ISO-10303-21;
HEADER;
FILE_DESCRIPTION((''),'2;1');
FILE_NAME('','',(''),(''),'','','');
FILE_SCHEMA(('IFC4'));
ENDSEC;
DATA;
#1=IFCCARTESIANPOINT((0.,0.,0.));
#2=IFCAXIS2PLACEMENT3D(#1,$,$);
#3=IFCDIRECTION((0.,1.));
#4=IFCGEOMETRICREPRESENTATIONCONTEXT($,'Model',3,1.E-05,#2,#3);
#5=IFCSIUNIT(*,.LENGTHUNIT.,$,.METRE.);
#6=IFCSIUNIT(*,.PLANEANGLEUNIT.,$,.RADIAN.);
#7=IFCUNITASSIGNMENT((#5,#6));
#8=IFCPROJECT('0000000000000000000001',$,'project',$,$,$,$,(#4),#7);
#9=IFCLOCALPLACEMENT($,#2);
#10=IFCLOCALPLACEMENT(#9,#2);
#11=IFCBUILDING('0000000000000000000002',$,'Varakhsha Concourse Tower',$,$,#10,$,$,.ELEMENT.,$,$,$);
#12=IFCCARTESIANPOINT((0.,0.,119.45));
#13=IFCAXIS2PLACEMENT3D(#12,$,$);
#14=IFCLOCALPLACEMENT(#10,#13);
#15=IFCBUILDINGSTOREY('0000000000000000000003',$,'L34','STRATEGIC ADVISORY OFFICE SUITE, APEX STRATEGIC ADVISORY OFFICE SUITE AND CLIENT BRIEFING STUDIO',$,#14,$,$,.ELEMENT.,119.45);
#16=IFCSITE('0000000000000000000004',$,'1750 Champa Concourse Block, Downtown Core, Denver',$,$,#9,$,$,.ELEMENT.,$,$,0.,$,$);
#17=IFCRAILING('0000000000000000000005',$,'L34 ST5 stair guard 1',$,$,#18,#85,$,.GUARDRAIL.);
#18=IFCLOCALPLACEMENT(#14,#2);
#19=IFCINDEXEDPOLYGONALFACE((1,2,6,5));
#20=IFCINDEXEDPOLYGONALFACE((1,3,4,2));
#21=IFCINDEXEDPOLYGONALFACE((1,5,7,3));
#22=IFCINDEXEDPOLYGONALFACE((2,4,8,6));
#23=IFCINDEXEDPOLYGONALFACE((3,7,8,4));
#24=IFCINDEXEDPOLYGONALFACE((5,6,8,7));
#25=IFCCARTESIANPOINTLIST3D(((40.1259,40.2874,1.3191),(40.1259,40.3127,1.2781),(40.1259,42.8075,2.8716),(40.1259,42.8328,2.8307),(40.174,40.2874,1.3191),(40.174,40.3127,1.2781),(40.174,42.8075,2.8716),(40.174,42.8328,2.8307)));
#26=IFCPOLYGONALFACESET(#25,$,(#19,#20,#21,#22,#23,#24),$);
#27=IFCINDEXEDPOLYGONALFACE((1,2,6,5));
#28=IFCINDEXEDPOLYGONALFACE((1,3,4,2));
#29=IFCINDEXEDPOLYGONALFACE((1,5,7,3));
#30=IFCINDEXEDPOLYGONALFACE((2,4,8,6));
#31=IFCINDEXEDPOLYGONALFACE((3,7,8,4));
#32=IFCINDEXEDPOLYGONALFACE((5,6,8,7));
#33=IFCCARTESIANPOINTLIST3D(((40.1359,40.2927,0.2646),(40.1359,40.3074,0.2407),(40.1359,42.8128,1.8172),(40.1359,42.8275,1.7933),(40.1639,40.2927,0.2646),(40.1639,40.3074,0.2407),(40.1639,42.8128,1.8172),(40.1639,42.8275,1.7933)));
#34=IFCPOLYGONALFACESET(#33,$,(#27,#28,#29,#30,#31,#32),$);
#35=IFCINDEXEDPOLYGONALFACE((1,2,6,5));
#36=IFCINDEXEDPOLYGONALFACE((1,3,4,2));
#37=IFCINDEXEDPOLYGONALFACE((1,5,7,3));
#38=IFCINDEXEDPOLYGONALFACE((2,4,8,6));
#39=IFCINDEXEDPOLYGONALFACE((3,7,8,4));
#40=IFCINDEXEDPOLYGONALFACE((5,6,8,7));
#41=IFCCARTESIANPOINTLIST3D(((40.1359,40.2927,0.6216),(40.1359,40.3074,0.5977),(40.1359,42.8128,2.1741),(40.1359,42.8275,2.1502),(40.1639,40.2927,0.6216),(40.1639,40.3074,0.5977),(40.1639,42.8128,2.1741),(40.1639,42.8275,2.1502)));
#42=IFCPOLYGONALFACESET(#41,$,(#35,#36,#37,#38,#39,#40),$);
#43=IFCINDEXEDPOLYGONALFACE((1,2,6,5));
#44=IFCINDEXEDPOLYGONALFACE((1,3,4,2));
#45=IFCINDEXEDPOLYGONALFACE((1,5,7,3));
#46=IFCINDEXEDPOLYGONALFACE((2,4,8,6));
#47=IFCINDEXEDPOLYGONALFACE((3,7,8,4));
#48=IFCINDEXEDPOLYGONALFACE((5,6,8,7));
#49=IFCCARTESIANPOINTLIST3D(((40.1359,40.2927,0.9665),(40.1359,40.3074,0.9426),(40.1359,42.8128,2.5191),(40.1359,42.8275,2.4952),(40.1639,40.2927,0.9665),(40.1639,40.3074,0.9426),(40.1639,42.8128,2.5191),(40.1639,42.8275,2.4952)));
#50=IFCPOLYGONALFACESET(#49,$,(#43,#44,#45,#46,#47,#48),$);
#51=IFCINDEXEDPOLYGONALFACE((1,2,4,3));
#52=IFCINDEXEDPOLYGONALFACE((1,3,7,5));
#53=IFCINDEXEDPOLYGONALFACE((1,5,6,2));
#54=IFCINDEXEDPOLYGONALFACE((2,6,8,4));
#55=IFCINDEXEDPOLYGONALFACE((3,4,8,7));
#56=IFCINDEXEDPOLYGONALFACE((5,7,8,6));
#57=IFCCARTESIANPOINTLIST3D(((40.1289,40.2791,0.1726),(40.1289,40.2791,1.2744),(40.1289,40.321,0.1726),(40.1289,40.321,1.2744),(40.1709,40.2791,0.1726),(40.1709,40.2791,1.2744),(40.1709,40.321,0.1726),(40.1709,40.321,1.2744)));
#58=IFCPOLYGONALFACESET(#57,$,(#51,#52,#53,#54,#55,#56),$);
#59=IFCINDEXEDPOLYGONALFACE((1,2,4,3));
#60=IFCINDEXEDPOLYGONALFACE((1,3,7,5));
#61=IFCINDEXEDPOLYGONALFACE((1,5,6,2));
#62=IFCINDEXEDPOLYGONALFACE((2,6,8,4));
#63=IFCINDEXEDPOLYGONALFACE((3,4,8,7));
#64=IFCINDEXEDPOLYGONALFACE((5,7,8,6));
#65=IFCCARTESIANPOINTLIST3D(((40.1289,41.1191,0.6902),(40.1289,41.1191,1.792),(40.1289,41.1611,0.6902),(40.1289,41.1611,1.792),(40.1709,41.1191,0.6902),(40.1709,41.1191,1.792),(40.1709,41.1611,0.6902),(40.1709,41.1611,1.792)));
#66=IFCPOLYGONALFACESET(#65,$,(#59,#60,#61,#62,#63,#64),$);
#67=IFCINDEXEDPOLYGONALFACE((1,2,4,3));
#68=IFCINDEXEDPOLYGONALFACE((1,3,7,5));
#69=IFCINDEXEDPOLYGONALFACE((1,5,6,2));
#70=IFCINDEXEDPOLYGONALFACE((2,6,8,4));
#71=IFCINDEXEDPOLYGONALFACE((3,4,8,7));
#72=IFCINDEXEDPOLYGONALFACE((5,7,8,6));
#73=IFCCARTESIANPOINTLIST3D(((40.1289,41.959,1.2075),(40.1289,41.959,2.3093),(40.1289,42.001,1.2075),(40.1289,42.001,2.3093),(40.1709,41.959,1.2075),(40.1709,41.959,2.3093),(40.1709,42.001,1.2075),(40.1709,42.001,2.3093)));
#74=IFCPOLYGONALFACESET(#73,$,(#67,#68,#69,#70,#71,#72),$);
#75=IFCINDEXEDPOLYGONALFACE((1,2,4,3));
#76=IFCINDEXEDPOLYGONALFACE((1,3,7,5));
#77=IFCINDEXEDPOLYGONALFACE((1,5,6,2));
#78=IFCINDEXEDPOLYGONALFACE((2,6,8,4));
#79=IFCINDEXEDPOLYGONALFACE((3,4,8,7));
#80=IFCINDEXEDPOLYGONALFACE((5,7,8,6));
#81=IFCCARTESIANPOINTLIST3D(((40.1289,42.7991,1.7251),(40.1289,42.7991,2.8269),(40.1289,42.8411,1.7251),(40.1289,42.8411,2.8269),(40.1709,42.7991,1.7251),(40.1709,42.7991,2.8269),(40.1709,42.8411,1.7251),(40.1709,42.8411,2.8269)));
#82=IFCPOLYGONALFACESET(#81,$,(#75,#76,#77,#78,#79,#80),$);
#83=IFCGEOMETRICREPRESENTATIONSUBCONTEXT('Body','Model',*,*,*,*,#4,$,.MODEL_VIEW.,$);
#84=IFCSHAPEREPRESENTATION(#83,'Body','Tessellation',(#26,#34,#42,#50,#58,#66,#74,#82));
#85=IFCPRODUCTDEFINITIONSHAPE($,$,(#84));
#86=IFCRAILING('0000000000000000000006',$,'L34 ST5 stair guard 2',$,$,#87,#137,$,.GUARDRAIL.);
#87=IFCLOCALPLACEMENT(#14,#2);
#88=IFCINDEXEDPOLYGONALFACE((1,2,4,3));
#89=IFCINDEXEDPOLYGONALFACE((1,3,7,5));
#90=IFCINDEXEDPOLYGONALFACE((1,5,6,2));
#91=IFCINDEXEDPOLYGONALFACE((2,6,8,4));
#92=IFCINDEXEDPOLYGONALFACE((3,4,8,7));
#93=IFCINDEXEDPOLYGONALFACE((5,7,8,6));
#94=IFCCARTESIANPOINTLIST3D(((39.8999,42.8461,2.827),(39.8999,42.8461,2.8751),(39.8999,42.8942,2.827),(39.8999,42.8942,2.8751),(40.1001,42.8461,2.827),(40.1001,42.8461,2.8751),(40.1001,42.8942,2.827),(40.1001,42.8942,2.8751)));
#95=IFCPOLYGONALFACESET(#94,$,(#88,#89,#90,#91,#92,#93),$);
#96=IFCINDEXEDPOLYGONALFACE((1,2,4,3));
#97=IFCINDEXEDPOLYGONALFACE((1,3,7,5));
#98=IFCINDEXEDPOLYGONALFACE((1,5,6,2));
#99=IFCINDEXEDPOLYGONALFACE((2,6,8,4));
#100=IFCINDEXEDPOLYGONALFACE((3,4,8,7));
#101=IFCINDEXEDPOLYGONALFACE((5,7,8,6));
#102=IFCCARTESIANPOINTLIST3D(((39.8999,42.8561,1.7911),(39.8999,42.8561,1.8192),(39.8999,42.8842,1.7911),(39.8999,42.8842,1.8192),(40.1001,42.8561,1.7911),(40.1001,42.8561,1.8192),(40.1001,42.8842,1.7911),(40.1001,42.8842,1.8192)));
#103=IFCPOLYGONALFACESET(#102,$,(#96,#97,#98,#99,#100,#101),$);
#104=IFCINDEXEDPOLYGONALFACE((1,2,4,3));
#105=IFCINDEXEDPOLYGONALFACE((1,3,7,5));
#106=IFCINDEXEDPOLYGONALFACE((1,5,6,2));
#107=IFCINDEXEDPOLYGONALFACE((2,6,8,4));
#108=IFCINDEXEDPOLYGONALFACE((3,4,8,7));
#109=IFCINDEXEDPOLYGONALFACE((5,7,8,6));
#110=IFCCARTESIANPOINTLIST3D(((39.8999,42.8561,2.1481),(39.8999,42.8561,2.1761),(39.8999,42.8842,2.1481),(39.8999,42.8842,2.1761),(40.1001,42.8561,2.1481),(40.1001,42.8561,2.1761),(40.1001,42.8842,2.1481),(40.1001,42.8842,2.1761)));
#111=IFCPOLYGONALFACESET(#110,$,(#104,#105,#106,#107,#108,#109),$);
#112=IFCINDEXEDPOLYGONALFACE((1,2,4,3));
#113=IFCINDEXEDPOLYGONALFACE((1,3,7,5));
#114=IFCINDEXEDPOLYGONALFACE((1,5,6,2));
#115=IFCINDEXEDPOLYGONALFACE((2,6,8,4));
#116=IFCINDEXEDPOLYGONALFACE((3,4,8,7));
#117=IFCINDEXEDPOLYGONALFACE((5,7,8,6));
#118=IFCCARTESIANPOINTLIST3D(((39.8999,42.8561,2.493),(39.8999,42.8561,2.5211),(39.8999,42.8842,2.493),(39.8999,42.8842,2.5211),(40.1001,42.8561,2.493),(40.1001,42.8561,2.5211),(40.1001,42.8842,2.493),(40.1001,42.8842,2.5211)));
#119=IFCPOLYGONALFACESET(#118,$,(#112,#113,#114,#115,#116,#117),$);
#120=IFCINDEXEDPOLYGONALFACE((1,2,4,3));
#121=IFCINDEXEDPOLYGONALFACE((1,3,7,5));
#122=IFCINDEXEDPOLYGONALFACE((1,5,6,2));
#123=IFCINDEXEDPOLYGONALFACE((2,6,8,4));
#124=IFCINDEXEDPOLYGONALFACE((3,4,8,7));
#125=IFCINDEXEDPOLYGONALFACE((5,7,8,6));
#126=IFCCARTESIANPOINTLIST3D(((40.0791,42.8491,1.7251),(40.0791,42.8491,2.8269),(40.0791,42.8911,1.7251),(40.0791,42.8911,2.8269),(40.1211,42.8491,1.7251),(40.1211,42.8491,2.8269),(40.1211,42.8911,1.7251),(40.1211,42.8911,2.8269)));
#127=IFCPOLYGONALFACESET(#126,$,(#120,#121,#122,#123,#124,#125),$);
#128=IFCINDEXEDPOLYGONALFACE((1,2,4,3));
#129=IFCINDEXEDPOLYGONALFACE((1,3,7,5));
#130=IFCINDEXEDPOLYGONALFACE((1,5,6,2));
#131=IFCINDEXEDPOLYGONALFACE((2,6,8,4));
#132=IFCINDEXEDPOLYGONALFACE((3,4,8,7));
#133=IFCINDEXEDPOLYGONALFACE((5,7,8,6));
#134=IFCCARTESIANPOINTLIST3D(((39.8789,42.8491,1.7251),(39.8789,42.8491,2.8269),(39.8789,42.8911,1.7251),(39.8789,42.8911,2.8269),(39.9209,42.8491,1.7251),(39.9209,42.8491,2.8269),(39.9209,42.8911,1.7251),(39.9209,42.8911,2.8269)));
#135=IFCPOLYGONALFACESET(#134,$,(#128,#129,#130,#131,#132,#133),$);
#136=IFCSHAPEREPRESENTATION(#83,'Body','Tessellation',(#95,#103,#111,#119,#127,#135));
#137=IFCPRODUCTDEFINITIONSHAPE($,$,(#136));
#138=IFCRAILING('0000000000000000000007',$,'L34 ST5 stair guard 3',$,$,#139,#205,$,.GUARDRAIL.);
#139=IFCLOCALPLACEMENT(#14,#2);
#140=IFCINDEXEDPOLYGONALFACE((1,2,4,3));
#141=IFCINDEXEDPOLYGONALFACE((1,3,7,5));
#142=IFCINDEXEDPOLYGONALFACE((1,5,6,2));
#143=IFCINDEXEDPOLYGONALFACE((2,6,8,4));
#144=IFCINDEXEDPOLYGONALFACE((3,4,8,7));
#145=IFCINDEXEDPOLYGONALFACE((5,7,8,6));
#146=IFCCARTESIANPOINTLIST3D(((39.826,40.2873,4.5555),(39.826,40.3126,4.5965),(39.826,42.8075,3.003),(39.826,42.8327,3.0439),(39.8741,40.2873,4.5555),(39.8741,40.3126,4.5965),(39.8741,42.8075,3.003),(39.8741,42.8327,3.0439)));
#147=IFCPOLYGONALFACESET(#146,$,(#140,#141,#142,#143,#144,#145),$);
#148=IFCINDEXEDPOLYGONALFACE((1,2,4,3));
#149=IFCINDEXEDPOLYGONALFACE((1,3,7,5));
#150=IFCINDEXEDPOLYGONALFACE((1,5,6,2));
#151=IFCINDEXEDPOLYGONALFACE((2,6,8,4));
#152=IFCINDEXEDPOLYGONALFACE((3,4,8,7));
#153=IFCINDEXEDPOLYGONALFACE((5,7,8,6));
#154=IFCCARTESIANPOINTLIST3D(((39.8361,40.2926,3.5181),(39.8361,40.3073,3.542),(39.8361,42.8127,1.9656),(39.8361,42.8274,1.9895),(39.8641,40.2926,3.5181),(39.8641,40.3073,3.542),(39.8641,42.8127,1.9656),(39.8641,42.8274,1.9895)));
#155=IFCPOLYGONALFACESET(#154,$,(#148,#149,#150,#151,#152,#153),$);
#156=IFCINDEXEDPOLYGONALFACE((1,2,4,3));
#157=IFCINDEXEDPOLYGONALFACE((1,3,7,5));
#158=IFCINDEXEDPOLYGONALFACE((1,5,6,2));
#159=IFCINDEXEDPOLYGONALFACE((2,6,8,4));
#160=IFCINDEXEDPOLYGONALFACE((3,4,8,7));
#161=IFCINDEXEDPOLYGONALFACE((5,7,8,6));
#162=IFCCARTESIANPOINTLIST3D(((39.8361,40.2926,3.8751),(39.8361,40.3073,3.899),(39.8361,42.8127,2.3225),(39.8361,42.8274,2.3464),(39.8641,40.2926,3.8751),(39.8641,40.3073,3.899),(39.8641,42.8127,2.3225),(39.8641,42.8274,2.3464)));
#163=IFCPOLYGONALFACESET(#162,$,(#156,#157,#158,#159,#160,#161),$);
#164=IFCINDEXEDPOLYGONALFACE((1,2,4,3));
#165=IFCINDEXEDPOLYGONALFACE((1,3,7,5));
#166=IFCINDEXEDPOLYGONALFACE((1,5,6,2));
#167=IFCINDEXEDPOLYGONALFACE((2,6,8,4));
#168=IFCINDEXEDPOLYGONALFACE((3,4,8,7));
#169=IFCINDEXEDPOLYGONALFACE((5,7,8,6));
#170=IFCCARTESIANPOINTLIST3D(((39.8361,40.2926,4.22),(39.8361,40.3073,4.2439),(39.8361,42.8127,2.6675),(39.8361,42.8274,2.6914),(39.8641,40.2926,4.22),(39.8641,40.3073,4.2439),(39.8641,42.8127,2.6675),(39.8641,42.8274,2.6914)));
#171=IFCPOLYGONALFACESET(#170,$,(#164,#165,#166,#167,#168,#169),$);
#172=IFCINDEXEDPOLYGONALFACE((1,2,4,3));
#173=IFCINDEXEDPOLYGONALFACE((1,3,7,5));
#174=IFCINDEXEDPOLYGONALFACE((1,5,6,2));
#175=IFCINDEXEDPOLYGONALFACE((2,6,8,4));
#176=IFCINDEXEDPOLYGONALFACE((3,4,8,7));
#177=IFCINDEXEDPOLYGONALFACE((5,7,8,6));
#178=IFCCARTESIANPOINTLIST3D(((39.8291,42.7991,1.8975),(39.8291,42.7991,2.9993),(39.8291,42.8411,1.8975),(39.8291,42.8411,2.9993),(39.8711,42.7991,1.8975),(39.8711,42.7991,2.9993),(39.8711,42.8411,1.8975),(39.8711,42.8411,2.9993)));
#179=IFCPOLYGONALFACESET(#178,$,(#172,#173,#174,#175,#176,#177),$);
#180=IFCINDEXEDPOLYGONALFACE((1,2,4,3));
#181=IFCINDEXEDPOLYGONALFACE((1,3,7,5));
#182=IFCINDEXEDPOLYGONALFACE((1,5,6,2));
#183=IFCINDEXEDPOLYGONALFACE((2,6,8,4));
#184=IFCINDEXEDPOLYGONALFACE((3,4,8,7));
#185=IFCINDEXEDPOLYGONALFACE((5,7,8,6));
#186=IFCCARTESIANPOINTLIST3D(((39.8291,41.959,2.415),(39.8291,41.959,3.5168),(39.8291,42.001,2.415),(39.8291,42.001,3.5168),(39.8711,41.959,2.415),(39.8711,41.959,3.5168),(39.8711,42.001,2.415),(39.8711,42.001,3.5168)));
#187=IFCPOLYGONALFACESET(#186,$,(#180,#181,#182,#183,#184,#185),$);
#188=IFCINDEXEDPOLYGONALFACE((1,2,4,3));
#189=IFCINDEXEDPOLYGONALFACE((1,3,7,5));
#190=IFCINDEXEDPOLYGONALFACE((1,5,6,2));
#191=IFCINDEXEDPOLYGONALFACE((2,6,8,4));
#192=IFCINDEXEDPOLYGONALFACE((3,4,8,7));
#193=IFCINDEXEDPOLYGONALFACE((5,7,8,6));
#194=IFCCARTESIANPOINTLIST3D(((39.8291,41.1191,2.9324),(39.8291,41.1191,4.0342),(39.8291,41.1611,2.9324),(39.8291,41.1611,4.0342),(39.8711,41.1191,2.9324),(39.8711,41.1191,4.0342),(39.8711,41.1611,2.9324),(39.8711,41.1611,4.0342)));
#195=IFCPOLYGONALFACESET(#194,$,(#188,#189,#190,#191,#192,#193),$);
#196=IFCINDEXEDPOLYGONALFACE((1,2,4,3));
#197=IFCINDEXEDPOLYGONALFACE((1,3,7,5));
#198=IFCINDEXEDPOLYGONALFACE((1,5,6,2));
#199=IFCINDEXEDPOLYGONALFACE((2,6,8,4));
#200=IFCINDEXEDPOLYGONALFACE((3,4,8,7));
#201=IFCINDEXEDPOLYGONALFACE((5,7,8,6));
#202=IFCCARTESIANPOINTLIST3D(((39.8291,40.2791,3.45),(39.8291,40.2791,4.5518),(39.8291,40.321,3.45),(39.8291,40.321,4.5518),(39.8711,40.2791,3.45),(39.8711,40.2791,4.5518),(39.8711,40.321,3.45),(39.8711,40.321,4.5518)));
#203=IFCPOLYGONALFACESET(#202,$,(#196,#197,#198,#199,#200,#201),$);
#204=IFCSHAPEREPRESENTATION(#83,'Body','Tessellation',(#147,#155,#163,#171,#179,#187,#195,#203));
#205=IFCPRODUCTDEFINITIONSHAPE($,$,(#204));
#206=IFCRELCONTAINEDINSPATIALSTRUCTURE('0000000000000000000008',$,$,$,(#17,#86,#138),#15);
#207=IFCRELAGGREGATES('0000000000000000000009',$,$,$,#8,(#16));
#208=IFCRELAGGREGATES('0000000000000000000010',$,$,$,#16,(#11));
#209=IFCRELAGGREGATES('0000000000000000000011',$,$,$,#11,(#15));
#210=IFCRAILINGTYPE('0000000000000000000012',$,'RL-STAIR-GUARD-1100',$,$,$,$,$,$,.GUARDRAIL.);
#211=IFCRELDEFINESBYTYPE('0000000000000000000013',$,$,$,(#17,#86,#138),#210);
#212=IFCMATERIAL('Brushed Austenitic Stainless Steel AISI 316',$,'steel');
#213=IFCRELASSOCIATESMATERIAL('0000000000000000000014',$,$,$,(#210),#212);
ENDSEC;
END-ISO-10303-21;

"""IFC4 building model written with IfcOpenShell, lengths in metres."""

from ifc_helpers import new_model, si_unit, direction, frame, origin, origin_2d, place, context, subcontext, project, spatial, rectangle, extrude, material, type_object, element, save


model = new_model("IFC4")

# Units and contexts
model_context = context("Model", 3, precision=1e-05, world=origin(), true_north=direction((0.0, 1.0)))
body_context = subcontext(model_context, "Body", "Model", "MODEL_VIEW")
ifc_project = project(units=[si_unit("LENGTHUNIT", "METRE"), si_unit("PLANEANGLEUNIT", "RADIAN")], contexts=[model_context])

# Site, building, storey
site_placement = place(None, origin())
site = spatial("IfcSite", under=ifc_project, at=site_placement, Name="1750 Champa Concourse Block, Downtown Core, Denver", CompositionType="ELEMENT", RefElevation=0.0)
building_placement = place(site_placement, origin())
building = spatial("IfcBuilding", under=site, at=building_placement, Name="Varakhsha Concourse Tower", CompositionType="ELEMENT")
storey_placement = place(building_placement, frame((0.0, 0.0, 119.45)))
storey = spatial("IfcBuildingStorey", under=building, at=storey_placement, Name="L34", Description="STRATEGIC ADVISORY OFFICE SUITE, APEX STRATEGIC ADVISORY OFFICE SUITE AND CLIENT BRIEFING STUDIO", CompositionType="ELEMENT", Elevation=119.45)

# Railings
ifc_material_1 = material(Name="Brushed Austenitic Stainless Steel AISI 316", Category="steel")
railing_type_1 = type_object("IfcRailingType", Name="RL-STAIR-GUARD-1100", PredefinedType="GUARDRAIL", material=ifc_material_1)
railing_1_placement = place(storey_placement, frame((40.1499, 40.3, 0.1726)))
element("IfcRailing", 1, at=railing_1_placement, inside=storey, type_object=railing_type_1, Name="L34 ST5 stair guard 1", PredefinedType="GUARDRAIL", context=body_context, shape_type="SweptSolid", body=[
    extrude(rectangle(XDim=0.0481, YDim=0.0481, at=origin_2d()), frame((0.0, 0.0, 1.126), z_axis=(0.0, 0.8514, 0.524516), x_axis=(-1.0, 0.0, 0.0)), (0.0, 0.0, 1.0), 2.96),
    extrude(rectangle(XDim=0.0281, YDim=0.0281, at=origin_2d()), frame((0.0, 0.0, 0.0801), z_axis=(0.0, 0.8514, 0.524516), x_axis=(-1.0, 0.0, 0.0)), (0.0, 0.0, 1.0), 2.96),
    extrude(rectangle(XDim=0.0281, YDim=0.0281, at=origin_2d()), frame((0.0, 0.0, 0.437), z_axis=(0.0, 0.8514, 0.524516), x_axis=(-1.0, 0.0, 0.0)), (0.0, 0.0, 1.0), 2.96),
    extrude(rectangle(XDim=0.0281, YDim=0.0281, at=origin_2d()), frame((0.0, 0.0, 0.782), z_axis=(0.0, 0.8514, 0.524516), x_axis=(-1.0, 0.0, 0.0)), (0.0, 0.0, 1.0), 2.96),
    extrude(rectangle(XDim=0.042, YDim=0.042, at=origin_2d()), origin(), (0.0, 0.0, 1.0), 1.1018),
    extrude(rectangle(XDim=0.042, YDim=0.042, at=origin_2d()), frame((0.0, 0.8401, 0.5176)), (0.0, 0.0, 1.0), 1.1018),
    extrude(rectangle(XDim=0.042, YDim=0.042, at=origin_2d()), frame((0.0, 1.6799, 1.0349)), (0.0, 0.0, 1.0), 1.1018),
    extrude(rectangle(XDim=0.042, YDim=0.042, at=origin_2d()), frame((0.0, 2.52, 1.5525)), (0.0, 0.0, 1.0), 1.1018),
])
railing_2_placement = place(storey_placement, frame((40.1001, 42.8701, 1.7251)))
element("IfcRailing", 2, at=railing_2_placement, inside=storey, type_object=railing_type_1, Name="L34 ST5 stair guard 2", PredefinedType="GUARDRAIL", context=body_context, shape_type="SweptSolid", body=[
    extrude(rectangle(XDim=0.0481, YDim=0.0481, at=origin_2d()), frame((0.0, 0.0, 1.126), z_axis=(-1.0, 0.0, 0.0), x_axis=(0.0, -1.0, 0.0)), (0.0, 0.0, 1.0), 0.2002),
    extrude(rectangle(XDim=0.0281, YDim=0.0281, at=origin_2d()), frame((0.0, 0.0, 0.0801), z_axis=(-1.0, 0.0, 0.0), x_axis=(0.0, -1.0, 0.0)), (0.0, 0.0, 1.0), 0.2002),
    extrude(rectangle(XDim=0.0281, YDim=0.0281, at=origin_2d()), frame((0.0, 0.0, 0.437), z_axis=(-1.0, 0.0, 0.0), x_axis=(0.0, -1.0, 0.0)), (0.0, 0.0, 1.0), 0.2002),
    extrude(rectangle(XDim=0.0281, YDim=0.0281, at=origin_2d()), frame((0.0, 0.0, 0.782), z_axis=(-1.0, 0.0, 0.0), x_axis=(0.0, -1.0, 0.0)), (0.0, 0.0, 1.0), 0.2002),
    extrude(rectangle(XDim=0.042, YDim=0.042, at=origin_2d()), origin(), (0.0, 0.0, 1.0), 1.1018),
    extrude(rectangle(XDim=0.042, YDim=0.042, at=origin_2d()), frame((-0.2002, 0.0, 0.0)), (0.0, 0.0, 1.0), 1.1018),
])
railing_3_placement = place(storey_placement, frame((39.8501, 42.8201, 1.8975)))
element("IfcRailing", 3, at=railing_3_placement, inside=storey, type_object=railing_type_1, Name="L34 ST5 stair guard 3", PredefinedType="GUARDRAIL", context=body_context, shape_type="SweptSolid", body=[
    extrude(rectangle(XDim=0.0481, YDim=0.0481, at=origin_2d()), frame((0.0, 0.0, 1.126), z_axis=(0.0, -0.8514, 0.524516), x_axis=(1.0, 0.0, 0.0)), (0.0, 0.0, 1.0), 2.96),
    extrude(rectangle(XDim=0.0281, YDim=0.0281, at=origin_2d()), frame((0.0, 0.0, 0.0801), z_axis=(0.0, -0.8514, 0.524516), x_axis=(1.0, 0.0, 0.0)), (0.0, 0.0, 1.0), 2.96),
    extrude(rectangle(XDim=0.0281, YDim=0.0281, at=origin_2d()), frame((0.0, 0.0, 0.437), z_axis=(0.0, -0.8514, 0.524516), x_axis=(1.0, 0.0, 0.0)), (0.0, 0.0, 1.0), 2.96),
    extrude(rectangle(XDim=0.0281, YDim=0.0281, at=origin_2d()), frame((0.0, 0.0, 0.782), z_axis=(0.0, -0.8514, 0.524516), x_axis=(1.0, 0.0, 0.0)), (0.0, 0.0, 1.0), 2.96),
    extrude(rectangle(XDim=0.042, YDim=0.042, at=origin_2d()), origin(), (0.0, 0.0, 1.0), 1.1018),
    extrude(rectangle(XDim=0.042, YDim=0.042, at=origin_2d()), frame((0.0, -0.8401, 0.5176)), (0.0, 0.0, 1.0), 1.1018),
    extrude(rectangle(XDim=0.042, YDim=0.042, at=origin_2d()), frame((0.0, -1.6799, 1.0349)), (0.0, 0.0, 1.0), 1.1018),
    extrude(rectangle(XDim=0.042, YDim=0.042, at=origin_2d()), frame((0.0, -2.52, 1.5525)), (0.0, 0.0, 1.0), 1.1018),
])

save(model, "model.ifc")
